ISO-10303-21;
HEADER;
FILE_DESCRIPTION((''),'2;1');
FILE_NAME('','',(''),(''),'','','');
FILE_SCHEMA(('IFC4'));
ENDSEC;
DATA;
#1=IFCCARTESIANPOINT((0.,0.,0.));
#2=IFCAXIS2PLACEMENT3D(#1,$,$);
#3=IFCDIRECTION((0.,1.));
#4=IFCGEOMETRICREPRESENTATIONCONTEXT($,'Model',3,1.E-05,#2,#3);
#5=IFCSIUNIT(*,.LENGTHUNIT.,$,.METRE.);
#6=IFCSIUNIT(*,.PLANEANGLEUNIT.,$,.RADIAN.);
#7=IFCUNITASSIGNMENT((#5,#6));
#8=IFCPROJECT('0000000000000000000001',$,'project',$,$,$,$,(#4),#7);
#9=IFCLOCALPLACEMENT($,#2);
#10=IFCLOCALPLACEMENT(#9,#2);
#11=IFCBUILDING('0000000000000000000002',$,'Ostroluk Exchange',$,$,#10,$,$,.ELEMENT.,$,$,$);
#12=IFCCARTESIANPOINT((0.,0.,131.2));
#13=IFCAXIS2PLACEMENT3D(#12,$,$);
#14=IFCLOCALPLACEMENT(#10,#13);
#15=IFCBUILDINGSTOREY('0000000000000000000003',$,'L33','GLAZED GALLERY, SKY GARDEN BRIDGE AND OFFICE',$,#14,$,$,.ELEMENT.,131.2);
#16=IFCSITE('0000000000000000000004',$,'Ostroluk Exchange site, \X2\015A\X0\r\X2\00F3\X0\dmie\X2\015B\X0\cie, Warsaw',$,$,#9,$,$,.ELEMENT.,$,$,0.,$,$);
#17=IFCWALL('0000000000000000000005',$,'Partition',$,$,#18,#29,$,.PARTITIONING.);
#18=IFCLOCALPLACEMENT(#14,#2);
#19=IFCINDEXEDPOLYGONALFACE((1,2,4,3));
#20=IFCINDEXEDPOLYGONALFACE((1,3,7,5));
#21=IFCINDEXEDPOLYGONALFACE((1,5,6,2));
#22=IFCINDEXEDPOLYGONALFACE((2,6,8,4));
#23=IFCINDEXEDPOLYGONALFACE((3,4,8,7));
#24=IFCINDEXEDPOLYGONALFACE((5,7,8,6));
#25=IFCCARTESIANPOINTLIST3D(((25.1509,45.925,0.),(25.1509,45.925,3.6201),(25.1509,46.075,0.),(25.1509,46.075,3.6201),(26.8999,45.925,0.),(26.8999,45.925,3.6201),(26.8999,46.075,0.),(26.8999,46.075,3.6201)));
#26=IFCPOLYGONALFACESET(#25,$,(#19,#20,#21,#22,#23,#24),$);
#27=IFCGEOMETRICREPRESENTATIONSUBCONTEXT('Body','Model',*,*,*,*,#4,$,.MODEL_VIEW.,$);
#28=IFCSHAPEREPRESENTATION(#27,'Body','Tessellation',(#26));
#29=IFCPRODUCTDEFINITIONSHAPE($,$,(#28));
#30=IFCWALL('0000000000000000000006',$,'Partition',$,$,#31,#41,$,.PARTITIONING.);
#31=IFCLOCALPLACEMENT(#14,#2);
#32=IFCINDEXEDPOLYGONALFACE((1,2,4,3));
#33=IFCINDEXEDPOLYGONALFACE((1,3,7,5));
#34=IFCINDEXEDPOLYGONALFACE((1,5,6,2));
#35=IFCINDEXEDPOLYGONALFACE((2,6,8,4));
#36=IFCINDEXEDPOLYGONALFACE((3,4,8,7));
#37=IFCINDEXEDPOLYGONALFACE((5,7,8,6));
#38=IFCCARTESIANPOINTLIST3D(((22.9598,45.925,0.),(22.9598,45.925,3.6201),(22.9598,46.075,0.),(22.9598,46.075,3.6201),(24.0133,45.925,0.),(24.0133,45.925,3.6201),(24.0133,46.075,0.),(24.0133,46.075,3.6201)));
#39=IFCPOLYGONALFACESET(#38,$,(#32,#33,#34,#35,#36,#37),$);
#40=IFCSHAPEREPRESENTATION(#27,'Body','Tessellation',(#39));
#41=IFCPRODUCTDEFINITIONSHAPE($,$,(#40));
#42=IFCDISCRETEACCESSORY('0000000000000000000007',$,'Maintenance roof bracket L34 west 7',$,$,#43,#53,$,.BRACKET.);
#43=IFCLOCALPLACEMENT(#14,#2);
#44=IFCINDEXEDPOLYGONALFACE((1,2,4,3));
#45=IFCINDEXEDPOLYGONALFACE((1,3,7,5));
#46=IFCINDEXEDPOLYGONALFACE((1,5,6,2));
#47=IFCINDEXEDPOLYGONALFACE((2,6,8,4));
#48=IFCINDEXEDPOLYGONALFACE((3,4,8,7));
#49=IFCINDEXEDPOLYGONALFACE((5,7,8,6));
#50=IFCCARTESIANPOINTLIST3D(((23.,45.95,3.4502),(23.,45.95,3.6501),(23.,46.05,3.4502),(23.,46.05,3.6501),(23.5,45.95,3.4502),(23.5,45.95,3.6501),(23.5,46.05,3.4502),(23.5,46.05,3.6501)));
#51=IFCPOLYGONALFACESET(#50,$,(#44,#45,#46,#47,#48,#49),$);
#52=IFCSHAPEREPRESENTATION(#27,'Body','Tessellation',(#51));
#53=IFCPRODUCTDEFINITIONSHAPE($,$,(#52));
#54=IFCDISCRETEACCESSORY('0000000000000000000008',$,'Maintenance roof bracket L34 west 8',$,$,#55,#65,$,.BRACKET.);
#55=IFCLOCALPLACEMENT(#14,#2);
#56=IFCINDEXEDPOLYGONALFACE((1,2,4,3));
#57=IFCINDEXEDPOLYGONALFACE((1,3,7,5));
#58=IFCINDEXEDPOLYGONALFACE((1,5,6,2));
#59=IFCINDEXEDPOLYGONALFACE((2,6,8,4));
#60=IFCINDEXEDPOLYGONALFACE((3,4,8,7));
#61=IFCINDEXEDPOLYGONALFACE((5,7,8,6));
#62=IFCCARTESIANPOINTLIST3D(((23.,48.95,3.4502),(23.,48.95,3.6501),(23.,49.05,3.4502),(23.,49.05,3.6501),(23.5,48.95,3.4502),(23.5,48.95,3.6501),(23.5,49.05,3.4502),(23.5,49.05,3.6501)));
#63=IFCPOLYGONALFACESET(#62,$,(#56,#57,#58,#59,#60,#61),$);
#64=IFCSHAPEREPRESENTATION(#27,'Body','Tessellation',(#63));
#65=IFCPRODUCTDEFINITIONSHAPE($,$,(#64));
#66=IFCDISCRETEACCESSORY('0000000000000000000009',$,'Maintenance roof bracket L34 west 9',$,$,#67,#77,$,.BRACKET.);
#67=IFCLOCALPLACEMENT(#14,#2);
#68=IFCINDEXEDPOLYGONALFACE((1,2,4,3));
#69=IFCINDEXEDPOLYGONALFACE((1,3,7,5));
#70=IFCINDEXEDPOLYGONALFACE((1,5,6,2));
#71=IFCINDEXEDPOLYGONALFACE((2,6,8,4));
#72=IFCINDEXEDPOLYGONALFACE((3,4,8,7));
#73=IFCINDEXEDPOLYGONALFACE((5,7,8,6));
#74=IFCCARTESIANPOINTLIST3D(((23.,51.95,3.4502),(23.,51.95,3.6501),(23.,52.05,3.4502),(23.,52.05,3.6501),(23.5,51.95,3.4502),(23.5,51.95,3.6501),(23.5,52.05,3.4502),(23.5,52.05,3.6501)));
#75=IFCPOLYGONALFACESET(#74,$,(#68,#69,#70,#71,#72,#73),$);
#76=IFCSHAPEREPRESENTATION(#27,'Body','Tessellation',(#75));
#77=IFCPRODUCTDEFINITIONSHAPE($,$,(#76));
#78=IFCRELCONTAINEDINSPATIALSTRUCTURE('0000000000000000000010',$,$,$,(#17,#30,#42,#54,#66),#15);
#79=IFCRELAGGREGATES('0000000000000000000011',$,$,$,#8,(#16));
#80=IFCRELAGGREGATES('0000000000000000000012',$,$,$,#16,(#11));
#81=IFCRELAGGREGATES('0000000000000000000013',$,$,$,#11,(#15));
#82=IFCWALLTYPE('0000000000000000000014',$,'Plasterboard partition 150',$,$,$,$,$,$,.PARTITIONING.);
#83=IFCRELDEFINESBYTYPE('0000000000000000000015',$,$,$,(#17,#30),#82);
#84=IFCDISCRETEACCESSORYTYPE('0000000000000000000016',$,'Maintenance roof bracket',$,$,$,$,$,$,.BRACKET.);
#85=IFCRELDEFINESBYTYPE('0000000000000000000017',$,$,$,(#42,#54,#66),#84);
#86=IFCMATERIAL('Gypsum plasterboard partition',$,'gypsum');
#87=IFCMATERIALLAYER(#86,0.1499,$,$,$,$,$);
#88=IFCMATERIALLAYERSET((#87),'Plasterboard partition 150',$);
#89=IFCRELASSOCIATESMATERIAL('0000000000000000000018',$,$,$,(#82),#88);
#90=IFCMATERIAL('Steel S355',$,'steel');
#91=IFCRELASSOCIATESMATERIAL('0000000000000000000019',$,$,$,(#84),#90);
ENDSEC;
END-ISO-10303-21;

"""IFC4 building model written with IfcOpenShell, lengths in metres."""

from ifc_helpers import new_model, si_unit, direction, frame, frame_2d, origin, origin_2d, place, context, subcontext, project, spatial, rectangle, extrude, material, layer, layer_set, type_object, element, save


model = new_model("IFC4")

# Units and contexts
model_context = context("Model", 3, precision=1e-05, world=origin(), true_north=direction((0.0, 1.0)))
body_context = subcontext(model_context, "Body", "Model", "MODEL_VIEW")
ifc_project = project(units=[si_unit("LENGTHUNIT", "METRE"), si_unit("PLANEANGLEUNIT", "RADIAN")], contexts=[model_context])

# Site, building, storey
site_placement = place(None, origin())
site = spatial("IfcSite", under=ifc_project, at=site_placement, Name="Ostroluk Exchange site, Śródmieście, Warsaw", CompositionType="ELEMENT", RefElevation=0.0)
building_placement = place(site_placement, origin())
building = spatial("IfcBuilding", under=site, at=building_placement, Name="Ostroluk Exchange", CompositionType="ELEMENT")
storey_placement = place(building_placement, frame((0.0, 0.0, 131.2)))
storey = spatial("IfcBuildingStorey", under=building, at=storey_placement, Name="L33", Description="GLAZED GALLERY, SKY GARDEN BRIDGE AND OFFICE", CompositionType="ELEMENT", Elevation=131.2)

# Walls
ifc_material_1 = material(Name="Gypsum plasterboard partition", Category="gypsum")
ifc_layer_1 = layer(ifc_material_1, 0.1499)
ifc_layer_set_1 = layer_set([ifc_layer_1], Name="Plasterboard partition 150")
wall_type_1 = type_object("IfcWallType", Name="Plasterboard partition 150", PredefinedType="PARTITIONING", material=ifc_layer_set_1)
wall_1_placement = place(storey_placement, frame((26.8999, 46.0, 0.0), z_axis=(0.0, 0.0, 1.0), x_axis=(-1.0, 0.0, 0.0)))
element("IfcWall", 1, at=wall_1_placement, inside=storey, type_object=wall_type_1, Name="Partition", PredefinedType="PARTITIONING", context=body_context, shape_type="SweptSolid", body=[
    extrude(rectangle(XDim=1.749, YDim=0.1499, at=frame_2d((0.8745, 0.0))), origin(), (0.0, 0.0, 1.0), 3.6201),
])
wall_2_placement = place(storey_placement, frame((24.0134, 46.0, 0.0), z_axis=(0.0, 0.0, 1.0), x_axis=(-1.0, 0.0, 0.0)))
element("IfcWall", 2, at=wall_2_placement, inside=storey, type_object=wall_type_1, Name="Partition", PredefinedType="PARTITIONING", context=body_context, shape_type="SweptSolid", body=[
    extrude(rectangle(XDim=1.0535, YDim=0.1499, at=frame_2d((0.5269, 0.0))), origin(), (0.0, 0.0, 1.0), 3.6201),
])

# Discrete accessories
ifc_material_2 = material(Name="Steel S355", Category="steel")
discrete_accessory_type = type_object("IfcDiscreteAccessoryType", Name="Maintenance roof bracket", PredefinedType="BRACKET", material=ifc_material_2)
for number, where, z_axis, x_axis, name in (
    (3, (23.25, 46.0, 3.4502), (0.0, 0.0, 1.0), (1.0, 0.0, 0.0), "Maintenance roof bracket L34 west 7"),
    (4, (23.25, 49.0, 3.4502), (0.0, 0.0, 1.0), (1.0, 0.0, 0.0), "Maintenance roof bracket L34 west 8"),
    (5, (23.25, 52.0, 3.4502), (0.0, 0.0, 1.0), (1.0, 0.0, 0.0), "Maintenance roof bracket L34 west 9"),
):
    element("IfcDiscreteAccessory", number, at=place(storey_placement, frame(where, z_axis=z_axis, x_axis=x_axis)), inside=storey, type_object=discrete_accessory_type, Name=name, PredefinedType="BRACKET", context=body_context, shape_type="SweptSolid", body=[
        extrude(rectangle(XDim=0.5, YDim=0.1001, at=origin_2d()), origin(), (0.0, 0.0, 1.0), 0.2),
    ])

save(model, "model.ifc")
